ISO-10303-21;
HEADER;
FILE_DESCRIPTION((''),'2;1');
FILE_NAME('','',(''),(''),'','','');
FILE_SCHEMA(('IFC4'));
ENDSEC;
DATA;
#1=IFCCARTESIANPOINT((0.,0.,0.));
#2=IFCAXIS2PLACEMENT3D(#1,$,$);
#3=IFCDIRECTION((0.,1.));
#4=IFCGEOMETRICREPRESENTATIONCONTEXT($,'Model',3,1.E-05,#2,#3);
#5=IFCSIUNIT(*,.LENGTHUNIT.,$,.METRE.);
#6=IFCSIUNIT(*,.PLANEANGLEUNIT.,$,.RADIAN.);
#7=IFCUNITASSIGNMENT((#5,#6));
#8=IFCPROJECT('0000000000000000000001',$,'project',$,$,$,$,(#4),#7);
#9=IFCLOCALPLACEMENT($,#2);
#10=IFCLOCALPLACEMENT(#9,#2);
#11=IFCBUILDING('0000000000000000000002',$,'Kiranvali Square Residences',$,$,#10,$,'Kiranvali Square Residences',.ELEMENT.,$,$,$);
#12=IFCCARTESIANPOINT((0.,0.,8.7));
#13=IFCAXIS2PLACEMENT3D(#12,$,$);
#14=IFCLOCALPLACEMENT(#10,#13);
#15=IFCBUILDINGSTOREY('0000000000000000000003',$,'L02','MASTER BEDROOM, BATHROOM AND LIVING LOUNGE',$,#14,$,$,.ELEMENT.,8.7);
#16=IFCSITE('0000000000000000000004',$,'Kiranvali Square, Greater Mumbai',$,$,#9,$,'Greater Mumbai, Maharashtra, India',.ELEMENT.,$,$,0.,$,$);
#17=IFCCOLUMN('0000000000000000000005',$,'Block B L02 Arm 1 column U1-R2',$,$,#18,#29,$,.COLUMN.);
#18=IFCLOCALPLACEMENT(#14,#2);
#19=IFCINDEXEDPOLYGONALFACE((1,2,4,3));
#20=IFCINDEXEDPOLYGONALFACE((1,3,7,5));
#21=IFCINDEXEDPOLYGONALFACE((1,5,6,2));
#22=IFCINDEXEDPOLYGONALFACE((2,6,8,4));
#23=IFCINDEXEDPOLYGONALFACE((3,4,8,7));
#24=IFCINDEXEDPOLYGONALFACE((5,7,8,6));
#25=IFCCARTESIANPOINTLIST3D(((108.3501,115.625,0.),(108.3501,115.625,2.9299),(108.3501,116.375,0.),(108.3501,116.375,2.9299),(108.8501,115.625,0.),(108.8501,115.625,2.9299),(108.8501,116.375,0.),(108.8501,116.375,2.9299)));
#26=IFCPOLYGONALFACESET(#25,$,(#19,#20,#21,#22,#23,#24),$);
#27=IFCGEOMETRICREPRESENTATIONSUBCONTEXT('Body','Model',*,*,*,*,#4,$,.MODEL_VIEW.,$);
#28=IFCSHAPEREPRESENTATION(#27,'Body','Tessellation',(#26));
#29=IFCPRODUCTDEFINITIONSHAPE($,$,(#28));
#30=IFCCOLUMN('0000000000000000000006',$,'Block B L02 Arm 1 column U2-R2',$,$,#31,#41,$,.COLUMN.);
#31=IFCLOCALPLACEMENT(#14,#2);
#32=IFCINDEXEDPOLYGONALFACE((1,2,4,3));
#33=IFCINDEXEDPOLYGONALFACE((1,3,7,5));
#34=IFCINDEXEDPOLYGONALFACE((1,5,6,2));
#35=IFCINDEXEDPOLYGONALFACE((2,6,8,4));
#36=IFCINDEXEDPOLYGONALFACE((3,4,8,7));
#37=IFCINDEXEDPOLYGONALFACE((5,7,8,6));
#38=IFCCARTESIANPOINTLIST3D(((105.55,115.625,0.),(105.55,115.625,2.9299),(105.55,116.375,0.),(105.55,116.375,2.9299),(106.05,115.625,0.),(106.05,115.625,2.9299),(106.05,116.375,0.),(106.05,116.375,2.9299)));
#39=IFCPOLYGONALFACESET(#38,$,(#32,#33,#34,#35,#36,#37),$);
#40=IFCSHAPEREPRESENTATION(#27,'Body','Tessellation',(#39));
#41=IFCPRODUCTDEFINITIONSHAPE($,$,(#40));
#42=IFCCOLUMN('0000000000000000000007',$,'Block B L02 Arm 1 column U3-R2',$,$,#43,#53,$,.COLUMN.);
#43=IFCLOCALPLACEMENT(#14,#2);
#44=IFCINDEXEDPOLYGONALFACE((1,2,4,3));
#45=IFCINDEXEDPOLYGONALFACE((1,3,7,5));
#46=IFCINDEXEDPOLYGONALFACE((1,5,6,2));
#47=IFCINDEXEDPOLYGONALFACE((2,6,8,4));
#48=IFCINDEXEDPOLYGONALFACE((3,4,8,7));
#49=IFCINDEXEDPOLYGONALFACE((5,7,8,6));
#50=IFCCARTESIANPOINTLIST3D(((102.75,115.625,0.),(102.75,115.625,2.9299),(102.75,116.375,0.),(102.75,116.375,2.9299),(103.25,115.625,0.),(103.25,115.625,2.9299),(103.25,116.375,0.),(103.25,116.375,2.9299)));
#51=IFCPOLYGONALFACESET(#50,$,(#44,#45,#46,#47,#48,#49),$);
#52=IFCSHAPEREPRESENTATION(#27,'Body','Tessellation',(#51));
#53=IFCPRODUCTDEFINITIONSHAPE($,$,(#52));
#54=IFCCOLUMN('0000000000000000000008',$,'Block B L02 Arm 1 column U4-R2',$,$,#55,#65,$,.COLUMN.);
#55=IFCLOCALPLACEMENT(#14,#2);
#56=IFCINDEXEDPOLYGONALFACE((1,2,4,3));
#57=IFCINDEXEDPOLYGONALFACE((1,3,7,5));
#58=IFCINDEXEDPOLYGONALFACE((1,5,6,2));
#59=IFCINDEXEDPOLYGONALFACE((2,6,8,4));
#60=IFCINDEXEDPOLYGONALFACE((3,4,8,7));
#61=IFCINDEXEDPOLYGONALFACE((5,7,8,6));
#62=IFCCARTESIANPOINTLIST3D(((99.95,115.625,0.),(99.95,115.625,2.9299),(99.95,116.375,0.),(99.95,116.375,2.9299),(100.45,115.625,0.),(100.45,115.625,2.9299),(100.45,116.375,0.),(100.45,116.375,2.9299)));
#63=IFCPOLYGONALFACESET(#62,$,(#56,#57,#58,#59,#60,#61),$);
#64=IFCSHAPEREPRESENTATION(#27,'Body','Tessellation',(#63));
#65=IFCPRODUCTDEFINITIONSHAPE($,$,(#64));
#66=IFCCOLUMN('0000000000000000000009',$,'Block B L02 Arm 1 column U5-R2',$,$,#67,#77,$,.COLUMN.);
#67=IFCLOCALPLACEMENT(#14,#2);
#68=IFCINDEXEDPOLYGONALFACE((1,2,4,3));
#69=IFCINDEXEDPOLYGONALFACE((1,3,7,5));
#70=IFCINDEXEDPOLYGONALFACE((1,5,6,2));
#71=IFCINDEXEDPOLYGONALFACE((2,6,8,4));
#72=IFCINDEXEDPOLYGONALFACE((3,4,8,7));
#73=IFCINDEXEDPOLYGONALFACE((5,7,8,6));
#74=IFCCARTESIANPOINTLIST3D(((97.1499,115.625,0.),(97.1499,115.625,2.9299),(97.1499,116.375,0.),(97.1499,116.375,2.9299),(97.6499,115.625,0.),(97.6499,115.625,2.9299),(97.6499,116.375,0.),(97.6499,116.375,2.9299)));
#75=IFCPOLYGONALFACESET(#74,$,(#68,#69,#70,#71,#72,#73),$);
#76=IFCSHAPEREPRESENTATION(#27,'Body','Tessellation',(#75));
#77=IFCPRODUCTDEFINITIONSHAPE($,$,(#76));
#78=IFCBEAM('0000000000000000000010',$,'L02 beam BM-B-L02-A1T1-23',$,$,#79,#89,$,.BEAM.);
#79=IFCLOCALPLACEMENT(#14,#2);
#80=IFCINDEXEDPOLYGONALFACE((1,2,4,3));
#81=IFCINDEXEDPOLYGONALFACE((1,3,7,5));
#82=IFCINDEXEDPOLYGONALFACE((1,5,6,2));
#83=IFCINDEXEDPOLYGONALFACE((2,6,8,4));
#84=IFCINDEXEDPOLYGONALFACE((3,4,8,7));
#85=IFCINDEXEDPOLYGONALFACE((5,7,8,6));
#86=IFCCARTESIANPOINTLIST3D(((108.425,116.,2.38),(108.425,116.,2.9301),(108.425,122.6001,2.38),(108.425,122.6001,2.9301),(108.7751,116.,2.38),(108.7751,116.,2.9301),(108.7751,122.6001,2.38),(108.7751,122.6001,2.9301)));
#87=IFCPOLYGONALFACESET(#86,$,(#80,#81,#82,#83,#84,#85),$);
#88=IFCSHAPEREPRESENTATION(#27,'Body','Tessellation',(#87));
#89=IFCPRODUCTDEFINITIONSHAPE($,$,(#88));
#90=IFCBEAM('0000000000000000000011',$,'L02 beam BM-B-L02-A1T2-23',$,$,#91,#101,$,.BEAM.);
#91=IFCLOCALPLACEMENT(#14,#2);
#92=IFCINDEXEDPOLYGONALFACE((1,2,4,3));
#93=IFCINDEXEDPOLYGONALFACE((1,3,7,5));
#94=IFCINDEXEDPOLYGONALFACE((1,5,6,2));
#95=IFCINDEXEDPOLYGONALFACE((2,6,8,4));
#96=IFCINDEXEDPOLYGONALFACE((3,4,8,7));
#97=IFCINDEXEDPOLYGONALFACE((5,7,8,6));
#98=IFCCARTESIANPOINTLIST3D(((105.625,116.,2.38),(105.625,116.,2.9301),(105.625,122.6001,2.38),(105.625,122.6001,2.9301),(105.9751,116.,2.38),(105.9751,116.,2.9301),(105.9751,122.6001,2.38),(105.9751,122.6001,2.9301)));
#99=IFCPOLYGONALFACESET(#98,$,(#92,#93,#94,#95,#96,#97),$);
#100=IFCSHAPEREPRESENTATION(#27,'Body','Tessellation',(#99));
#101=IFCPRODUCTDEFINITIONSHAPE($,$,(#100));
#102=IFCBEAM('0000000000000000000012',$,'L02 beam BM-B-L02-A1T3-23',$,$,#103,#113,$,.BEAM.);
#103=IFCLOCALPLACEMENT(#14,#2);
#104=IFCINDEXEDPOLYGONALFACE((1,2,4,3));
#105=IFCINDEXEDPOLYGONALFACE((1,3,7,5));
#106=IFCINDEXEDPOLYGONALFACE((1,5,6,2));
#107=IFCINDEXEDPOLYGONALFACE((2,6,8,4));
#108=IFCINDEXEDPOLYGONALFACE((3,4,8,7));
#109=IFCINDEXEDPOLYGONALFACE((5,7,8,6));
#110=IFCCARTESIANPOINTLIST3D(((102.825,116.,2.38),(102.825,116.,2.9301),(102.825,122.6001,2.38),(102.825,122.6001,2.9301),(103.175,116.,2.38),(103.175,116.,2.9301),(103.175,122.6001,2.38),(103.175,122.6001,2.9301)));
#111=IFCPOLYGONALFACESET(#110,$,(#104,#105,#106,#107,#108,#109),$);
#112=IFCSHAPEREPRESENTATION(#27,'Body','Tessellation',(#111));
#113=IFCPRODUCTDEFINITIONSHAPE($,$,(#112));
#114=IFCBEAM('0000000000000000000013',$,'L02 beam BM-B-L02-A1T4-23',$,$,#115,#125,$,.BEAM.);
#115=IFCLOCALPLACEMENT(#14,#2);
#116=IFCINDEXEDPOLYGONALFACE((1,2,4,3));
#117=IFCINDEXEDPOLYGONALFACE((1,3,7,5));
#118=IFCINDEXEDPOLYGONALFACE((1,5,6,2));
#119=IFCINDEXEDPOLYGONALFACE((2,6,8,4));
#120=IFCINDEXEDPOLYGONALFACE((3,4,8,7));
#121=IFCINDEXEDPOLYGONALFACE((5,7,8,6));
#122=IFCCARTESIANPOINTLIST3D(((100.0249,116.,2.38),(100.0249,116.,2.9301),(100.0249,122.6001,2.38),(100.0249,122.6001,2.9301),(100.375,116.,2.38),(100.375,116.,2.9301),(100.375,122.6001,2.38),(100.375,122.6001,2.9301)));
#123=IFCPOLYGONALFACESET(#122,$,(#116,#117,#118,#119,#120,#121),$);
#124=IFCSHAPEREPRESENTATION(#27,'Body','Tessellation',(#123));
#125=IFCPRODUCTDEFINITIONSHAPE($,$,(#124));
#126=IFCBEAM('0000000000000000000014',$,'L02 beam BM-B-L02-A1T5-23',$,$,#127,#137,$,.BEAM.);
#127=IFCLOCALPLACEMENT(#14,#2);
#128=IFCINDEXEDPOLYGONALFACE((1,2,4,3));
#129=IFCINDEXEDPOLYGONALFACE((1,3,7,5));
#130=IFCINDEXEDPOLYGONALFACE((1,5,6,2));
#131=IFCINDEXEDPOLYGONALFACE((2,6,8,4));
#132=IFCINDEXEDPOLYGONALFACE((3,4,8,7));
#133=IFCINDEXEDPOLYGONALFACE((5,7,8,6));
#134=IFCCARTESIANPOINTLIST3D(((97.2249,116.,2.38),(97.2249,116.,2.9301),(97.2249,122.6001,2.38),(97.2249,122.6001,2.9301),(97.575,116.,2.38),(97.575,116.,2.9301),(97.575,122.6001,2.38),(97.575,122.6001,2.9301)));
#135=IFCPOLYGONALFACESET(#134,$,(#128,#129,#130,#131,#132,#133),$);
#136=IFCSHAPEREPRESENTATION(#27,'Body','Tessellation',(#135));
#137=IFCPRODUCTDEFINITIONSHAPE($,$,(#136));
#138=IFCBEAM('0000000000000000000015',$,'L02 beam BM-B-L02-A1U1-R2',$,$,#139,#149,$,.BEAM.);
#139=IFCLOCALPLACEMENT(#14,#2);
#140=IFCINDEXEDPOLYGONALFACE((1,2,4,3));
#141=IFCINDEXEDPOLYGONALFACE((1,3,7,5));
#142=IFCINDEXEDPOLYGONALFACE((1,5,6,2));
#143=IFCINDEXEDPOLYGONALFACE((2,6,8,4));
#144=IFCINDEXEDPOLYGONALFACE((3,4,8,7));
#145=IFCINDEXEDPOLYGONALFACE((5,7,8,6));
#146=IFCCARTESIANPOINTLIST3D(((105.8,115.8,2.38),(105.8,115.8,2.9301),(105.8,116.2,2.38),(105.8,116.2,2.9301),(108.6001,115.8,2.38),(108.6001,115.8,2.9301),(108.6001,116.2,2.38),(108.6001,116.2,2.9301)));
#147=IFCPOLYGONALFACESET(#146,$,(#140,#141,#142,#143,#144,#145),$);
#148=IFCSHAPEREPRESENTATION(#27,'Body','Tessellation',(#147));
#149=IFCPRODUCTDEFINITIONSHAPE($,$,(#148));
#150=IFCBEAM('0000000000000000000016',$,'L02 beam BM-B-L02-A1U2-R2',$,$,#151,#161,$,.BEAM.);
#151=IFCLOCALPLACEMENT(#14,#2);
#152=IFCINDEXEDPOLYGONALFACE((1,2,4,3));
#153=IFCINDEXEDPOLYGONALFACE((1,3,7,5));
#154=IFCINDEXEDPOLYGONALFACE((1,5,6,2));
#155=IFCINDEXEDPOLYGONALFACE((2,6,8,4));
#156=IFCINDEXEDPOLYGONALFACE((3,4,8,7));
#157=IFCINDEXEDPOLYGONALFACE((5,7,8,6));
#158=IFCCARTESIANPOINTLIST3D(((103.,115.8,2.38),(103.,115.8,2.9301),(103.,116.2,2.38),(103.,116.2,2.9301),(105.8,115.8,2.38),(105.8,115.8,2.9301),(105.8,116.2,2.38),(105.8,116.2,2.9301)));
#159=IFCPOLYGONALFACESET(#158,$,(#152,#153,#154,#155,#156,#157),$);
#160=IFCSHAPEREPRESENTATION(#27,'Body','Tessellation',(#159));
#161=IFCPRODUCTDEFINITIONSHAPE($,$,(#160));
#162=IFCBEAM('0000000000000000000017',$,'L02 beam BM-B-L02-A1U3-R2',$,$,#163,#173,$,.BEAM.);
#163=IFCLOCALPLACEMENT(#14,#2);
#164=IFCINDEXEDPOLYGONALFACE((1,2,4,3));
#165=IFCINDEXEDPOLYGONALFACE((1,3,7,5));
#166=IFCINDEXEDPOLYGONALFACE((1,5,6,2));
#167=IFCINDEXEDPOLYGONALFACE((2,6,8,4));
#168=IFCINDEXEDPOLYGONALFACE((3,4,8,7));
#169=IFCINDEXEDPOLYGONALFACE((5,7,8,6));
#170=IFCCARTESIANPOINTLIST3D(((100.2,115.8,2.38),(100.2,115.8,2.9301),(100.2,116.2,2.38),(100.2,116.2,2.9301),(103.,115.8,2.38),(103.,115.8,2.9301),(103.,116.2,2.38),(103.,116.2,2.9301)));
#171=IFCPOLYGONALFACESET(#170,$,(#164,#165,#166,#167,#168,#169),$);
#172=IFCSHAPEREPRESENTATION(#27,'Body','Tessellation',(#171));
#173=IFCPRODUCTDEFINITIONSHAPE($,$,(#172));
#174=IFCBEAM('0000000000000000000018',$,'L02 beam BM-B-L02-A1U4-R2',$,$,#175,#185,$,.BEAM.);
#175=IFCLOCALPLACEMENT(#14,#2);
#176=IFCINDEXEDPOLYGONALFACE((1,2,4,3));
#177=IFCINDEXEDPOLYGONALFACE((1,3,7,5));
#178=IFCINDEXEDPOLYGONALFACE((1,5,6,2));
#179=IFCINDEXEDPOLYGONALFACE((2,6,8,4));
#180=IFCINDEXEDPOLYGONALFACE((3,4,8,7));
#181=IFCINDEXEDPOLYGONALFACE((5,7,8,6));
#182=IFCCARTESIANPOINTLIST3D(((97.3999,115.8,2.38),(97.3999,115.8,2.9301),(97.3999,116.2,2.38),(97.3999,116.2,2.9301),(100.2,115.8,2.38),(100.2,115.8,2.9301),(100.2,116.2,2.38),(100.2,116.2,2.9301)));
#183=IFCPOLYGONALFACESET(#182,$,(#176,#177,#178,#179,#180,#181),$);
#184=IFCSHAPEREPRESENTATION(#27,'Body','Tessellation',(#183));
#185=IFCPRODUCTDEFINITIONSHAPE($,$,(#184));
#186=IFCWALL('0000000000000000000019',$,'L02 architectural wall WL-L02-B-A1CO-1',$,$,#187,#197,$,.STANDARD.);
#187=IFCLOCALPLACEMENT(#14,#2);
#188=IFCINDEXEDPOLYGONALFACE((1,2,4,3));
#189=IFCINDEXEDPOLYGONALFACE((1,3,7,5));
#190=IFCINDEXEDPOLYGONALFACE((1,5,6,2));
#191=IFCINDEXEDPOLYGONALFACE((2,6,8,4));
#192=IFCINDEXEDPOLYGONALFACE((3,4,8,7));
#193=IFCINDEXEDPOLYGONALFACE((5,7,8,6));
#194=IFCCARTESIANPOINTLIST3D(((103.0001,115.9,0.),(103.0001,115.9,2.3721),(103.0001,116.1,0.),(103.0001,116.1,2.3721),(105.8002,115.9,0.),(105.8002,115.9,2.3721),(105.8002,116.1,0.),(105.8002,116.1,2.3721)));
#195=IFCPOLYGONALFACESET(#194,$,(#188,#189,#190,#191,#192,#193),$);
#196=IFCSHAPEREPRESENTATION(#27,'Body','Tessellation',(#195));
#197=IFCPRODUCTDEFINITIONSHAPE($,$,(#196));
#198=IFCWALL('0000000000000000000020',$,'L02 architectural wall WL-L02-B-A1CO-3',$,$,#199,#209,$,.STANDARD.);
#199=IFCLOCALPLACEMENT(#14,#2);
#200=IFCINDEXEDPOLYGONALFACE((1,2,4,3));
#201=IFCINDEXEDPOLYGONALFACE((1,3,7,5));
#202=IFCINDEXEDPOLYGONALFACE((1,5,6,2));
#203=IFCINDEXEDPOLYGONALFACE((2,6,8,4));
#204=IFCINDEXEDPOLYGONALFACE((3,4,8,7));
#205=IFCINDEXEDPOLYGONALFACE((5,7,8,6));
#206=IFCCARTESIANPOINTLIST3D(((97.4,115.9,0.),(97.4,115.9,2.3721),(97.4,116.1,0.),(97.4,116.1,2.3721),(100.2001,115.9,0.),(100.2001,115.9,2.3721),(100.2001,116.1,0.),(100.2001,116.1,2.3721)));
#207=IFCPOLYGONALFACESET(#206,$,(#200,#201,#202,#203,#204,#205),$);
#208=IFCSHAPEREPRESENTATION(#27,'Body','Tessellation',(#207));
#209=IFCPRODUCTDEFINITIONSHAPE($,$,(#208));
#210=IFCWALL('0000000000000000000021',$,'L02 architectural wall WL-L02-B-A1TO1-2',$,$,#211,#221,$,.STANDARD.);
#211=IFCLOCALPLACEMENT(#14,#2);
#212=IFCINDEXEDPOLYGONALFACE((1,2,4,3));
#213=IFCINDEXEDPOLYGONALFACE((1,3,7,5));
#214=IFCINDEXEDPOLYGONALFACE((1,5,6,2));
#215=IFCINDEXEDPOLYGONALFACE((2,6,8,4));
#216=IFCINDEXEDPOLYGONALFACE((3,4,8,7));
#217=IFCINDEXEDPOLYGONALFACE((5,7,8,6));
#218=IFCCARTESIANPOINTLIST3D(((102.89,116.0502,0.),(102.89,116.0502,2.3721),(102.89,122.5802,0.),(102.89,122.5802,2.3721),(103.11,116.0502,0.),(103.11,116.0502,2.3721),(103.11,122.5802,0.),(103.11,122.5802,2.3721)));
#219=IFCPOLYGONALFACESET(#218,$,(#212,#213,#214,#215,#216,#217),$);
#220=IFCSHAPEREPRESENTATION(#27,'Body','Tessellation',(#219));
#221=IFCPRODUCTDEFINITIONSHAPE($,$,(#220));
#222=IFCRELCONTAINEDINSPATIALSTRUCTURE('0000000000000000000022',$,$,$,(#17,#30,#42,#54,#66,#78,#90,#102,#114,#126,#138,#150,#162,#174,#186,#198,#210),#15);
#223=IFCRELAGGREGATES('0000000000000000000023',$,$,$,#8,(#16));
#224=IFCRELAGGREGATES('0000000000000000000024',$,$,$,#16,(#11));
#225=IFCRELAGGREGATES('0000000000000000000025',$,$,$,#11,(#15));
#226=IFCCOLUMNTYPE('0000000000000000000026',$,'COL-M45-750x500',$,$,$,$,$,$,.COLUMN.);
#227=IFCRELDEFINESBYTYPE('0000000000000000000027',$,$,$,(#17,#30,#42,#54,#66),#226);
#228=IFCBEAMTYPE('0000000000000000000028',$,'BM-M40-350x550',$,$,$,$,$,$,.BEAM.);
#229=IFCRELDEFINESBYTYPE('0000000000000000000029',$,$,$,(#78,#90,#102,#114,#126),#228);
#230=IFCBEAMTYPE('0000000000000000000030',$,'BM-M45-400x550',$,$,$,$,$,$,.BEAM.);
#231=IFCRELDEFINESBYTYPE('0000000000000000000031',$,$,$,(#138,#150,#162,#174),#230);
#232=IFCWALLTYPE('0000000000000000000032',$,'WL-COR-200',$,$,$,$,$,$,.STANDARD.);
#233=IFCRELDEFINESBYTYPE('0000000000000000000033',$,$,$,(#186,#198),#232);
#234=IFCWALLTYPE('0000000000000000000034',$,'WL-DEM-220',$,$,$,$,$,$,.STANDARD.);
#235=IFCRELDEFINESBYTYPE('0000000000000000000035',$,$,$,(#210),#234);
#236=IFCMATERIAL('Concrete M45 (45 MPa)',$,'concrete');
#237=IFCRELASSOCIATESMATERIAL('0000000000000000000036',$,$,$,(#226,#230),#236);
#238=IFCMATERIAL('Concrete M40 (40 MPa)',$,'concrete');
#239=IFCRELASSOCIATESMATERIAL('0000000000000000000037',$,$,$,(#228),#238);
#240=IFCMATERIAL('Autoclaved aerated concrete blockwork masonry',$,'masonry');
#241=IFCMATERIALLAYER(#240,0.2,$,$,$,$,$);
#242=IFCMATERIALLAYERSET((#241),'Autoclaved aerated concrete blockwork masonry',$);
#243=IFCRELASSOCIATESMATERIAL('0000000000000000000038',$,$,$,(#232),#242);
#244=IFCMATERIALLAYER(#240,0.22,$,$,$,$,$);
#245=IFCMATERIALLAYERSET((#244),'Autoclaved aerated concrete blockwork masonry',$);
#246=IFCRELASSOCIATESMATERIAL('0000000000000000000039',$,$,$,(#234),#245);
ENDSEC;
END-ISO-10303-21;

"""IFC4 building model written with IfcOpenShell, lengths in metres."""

from ifc_helpers import new_model, si_unit, direction, frame, frame_2d, origin, origin_2d, place, context, subcontext, project, spatial, rectangle, extrude, material, layer, layer_set, material_profile, profile_set, type_object, element, save


model = new_model("IFC4")

# Units and contexts
model_context = context("Model", 3, precision=1e-05, world=origin(), true_north=direction((0.0, 1.0)))
body_context = subcontext(model_context, "Body", "Model", "MODEL_VIEW")
ifc_project = project(units=[si_unit("LENGTHUNIT", "METRE"), si_unit("PLANEANGLEUNIT", "RADIAN")], contexts=[model_context])

# Site, building, storey
site_placement = place(None, origin())
site = spatial("IfcSite", under=ifc_project, at=site_placement, Name="Kiranvali Square, Greater Mumbai", LongName="Greater Mumbai, Maharashtra, India", CompositionType="ELEMENT", RefElevation=0.0)
building_placement = place(site_placement, origin())
building = spatial("IfcBuilding", under=site, at=building_placement, Name="Kiranvali Square Residences", LongName="Kiranvali Square Residences", CompositionType="ELEMENT")
storey_placement = place(building_placement, frame((0.0, 0.0, 8.7)))
storey = spatial("IfcBuildingStorey", under=building, at=storey_placement, Name="L02", Description="MASTER BEDROOM, BATHROOM AND LIVING LOUNGE", CompositionType="ELEMENT", Elevation=8.7)

# Columns
ifc_material_1 = material(Name="Concrete M45 (45 MPa)", Category="concrete")
ifc_material_profile_1 = material_profile(ifc_material_1, rectangle(XDim=0.5, YDim=0.75, at=origin_2d()), Name="RC 750x500")
ifc_profile_set_1 = profile_set([ifc_material_profile_1], Name="Concrete M45 (45 MPa)")
column_type = type_object("IfcColumnType", Name="COL-M45-750x500", PredefinedType="COLUMN", material=ifc_profile_set_1)
for number, where, z_axis, x_axis, name in (
    (1, (108.6001, 116.0, 0.0), (0.0, 0.0, 1.0), (1.0, 0.0, 0.0), "Block B L02 Arm 1 column U1-R2"),
    (2, (105.8, 116.0, 0.0), (0.0, 0.0, 1.0), (1.0, 0.0, 0.0), "Block B L02 Arm 1 column U2-R2"),
    (3, (103.0, 116.0, 0.0), (0.0, 0.0, 1.0), (1.0, 0.0, 0.0), "Block B L02 Arm 1 column U3-R2"),
    (4, (100.2, 116.0, 0.0), (0.0, 0.0, 1.0), (1.0, 0.0, 0.0), "Block B L02 Arm 1 column U4-R2"),
    (5, (97.3999, 116.0, 0.0), (0.0, 0.0, 1.0), (1.0, 0.0, 0.0), "Block B L02 Arm 1 column U5-R2"),
):
    element("IfcColumn", number, at=place(storey_placement, frame(where, z_axis=z_axis, x_axis=x_axis)), inside=storey, type_object=column_type, Name=name, PredefinedType="COLUMN", context=body_context, shape_type="SweptSolid", body=[
        extrude(rectangle(XDim=0.5, YDim=0.75, at=origin_2d()), origin(), (0.0, 0.0, 1.0), 2.9299),
    ])

# Beams
ifc_material_2 = material(Name="Concrete M40 (40 MPa)", Category="concrete")
ifc_material_profile_2 = material_profile(ifc_material_2, rectangle(XDim=0.3501, YDim=0.55, at=origin_2d()), Name="RC 350x550")
ifc_profile_set_2 = profile_set([ifc_material_profile_2], Name="Concrete M40 (40 MPa)")
beam_type_1 = type_object("IfcBeamType", Name="BM-M40-350x550", PredefinedType="BEAM", material=ifc_profile_set_2)
for number, where, z_axis, x_axis, name in (
    (6, (108.6001, 116.0, 2.655), (0.0, 1.0, 0.0), (-1.0, 0.0, 0.0), "L02 beam BM-B-L02-A1T1-23"),
    (7, (105.8, 116.0, 2.655), (0.0, 1.0, 0.0), (-1.0, 0.0, 0.0), "L02 beam BM-B-L02-A1T2-23"),
    (8, (103.0, 116.0, 2.655), (0.0, 1.0, 0.0), (-1.0, 0.0, 0.0), "L02 beam BM-B-L02-A1T3-23"),
    (9, (100.2, 116.0, 2.655), (0.0, 1.0, 0.0), (-1.0, 0.0, 0.0), "L02 beam BM-B-L02-A1T4-23"),
    (10, (97.3999, 116.0, 2.655), (0.0, 1.0, 0.0), (-1.0, 0.0, 0.0), "L02 beam BM-B-L02-A1T5-23"),
):
    element("IfcBeam", number, at=place(storey_placement, frame(where, z_axis=z_axis, x_axis=x_axis)), inside=storey, type_object=beam_type_1, Name=name, PredefinedType="BEAM", context=body_context, shape_type="SweptSolid", body=[
        extrude(rectangle(XDim=0.3501, YDim=0.55, at=origin_2d()), origin(), (0.0, 0.0, 1.0), 6.6001),
    ])
ifc_material_profile_3 = material_profile(ifc_material_1, rectangle(XDim=0.3999, YDim=0.55, at=origin_2d()), Name="RC 400x550")
ifc_profile_set_3 = profile_set([ifc_material_profile_3], Name="Concrete M45 (45 MPa)")
beam_type_2 = type_object("IfcBeamType", Name="BM-M45-400x550", PredefinedType="BEAM", material=ifc_profile_set_3)
for number, where, z_axis, x_axis, name in (
    (11, (108.6001, 116.0, 2.655), (-1.0, 0.0, 0.0), (0.0, -1.0, 0.0), "L02 beam BM-B-L02-A1U1-R2"),
    (12, (105.8, 116.0, 2.655), (-1.0, 0.0, 0.0), (0.0, -1.0, 0.0), "L02 beam BM-B-L02-A1U2-R2"),
    (13, (103.0, 116.0, 2.655), (-1.0, 0.0, 0.0), (0.0, -1.0, 0.0), "L02 beam BM-B-L02-A1U3-R2"),
    (14, (100.2, 116.0, 2.655), (-1.0, 0.0, 0.0), (0.0, -1.0, 0.0), "L02 beam BM-B-L02-A1U4-R2"),
):
    element("IfcBeam", number, at=place(storey_placement, frame(where, z_axis=z_axis, x_axis=x_axis)), inside=storey, type_object=beam_type_2, Name=name, PredefinedType="BEAM", context=body_context, shape_type="SweptSolid", body=[
        extrude(rectangle(XDim=0.3999, YDim=0.55, at=origin_2d()), origin(), (0.0, 0.0, 1.0), 2.8),
    ])

# Shared definitions
ifc_material_3 = material(Name="Autoclaved aerated concrete blockwork masonry", Category="masonry")
ifc_layer_1 = layer(ifc_material_3, 0.2)
ifc_layer_set_1 = layer_set([ifc_layer_1], Name="Autoclaved aerated concrete blockwork masonry")
wall_type_1 = type_object("IfcWallType", Name="WL-COR-200", PredefinedType="STANDARD", material=ifc_layer_set_1)

# Wall
wall_1_placement = place(storey_placement, frame((105.8, 116.0, 0.0), z_axis=(0.0, 0.0, 1.0), x_axis=(-1.0, 0.0, 0.0)))
element("IfcWall", 15, at=wall_1_placement, inside=storey, type_object=wall_type_1, Name="L02 architectural wall WL-L02-B-A1CO-1", PredefinedType="STANDARD", context=body_context, shape_type="SweptSolid", body=[
    extrude(rectangle(XDim=2.8, YDim=0.2, at=frame_2d((1.3999, 0.0))), origin(), (0.0, 0.0, 1.0), 2.3721),
])

# Walls
wall_2_placement = place(storey_placement, frame((100.2, 116.0, 0.0), z_axis=(0.0, 0.0, 1.0), x_axis=(-1.0, 0.0, 0.0)))
element("IfcWall", 16, at=wall_2_placement, inside=storey, type_object=wall_type_1, Name="L02 architectural wall WL-L02-B-A1CO-3", PredefinedType="STANDARD", context=body_context, shape_type="SweptSolid", body=[
    extrude(rectangle(XDim=2.8, YDim=0.2, at=frame_2d((1.3999, 0.0))), origin(), (0.0, 0.0, 1.0), 2.3721),
])
ifc_layer_2 = layer(ifc_material_3, 0.22)
ifc_layer_set_2 = layer_set([ifc_layer_2], Name="Autoclaved aerated concrete blockwork masonry")
wall_type_2 = type_object("IfcWallType", Name="WL-DEM-220", PredefinedType="STANDARD", material=ifc_layer_set_2)
wall_3_placement = place(storey_placement, frame((103.0, 116.05, 0.0), z_axis=(0.0, 0.0, 1.0), x_axis=(0.0, 1.0, 0.0)))
element("IfcWall", 17, at=wall_3_placement, inside=storey, type_object=wall_type_2, Name="L02 architectural wall WL-L02-B-A1TO1-2", PredefinedType="STANDARD", context=body_context, shape_type="SweptSolid", body=[
    extrude(rectangle(XDim=6.53, YDim=0.22, at=frame_2d((3.2651, 0.0))), origin(), (0.0, 0.0, 1.0), 2.3721),
])

save(model, "model.ifc")
